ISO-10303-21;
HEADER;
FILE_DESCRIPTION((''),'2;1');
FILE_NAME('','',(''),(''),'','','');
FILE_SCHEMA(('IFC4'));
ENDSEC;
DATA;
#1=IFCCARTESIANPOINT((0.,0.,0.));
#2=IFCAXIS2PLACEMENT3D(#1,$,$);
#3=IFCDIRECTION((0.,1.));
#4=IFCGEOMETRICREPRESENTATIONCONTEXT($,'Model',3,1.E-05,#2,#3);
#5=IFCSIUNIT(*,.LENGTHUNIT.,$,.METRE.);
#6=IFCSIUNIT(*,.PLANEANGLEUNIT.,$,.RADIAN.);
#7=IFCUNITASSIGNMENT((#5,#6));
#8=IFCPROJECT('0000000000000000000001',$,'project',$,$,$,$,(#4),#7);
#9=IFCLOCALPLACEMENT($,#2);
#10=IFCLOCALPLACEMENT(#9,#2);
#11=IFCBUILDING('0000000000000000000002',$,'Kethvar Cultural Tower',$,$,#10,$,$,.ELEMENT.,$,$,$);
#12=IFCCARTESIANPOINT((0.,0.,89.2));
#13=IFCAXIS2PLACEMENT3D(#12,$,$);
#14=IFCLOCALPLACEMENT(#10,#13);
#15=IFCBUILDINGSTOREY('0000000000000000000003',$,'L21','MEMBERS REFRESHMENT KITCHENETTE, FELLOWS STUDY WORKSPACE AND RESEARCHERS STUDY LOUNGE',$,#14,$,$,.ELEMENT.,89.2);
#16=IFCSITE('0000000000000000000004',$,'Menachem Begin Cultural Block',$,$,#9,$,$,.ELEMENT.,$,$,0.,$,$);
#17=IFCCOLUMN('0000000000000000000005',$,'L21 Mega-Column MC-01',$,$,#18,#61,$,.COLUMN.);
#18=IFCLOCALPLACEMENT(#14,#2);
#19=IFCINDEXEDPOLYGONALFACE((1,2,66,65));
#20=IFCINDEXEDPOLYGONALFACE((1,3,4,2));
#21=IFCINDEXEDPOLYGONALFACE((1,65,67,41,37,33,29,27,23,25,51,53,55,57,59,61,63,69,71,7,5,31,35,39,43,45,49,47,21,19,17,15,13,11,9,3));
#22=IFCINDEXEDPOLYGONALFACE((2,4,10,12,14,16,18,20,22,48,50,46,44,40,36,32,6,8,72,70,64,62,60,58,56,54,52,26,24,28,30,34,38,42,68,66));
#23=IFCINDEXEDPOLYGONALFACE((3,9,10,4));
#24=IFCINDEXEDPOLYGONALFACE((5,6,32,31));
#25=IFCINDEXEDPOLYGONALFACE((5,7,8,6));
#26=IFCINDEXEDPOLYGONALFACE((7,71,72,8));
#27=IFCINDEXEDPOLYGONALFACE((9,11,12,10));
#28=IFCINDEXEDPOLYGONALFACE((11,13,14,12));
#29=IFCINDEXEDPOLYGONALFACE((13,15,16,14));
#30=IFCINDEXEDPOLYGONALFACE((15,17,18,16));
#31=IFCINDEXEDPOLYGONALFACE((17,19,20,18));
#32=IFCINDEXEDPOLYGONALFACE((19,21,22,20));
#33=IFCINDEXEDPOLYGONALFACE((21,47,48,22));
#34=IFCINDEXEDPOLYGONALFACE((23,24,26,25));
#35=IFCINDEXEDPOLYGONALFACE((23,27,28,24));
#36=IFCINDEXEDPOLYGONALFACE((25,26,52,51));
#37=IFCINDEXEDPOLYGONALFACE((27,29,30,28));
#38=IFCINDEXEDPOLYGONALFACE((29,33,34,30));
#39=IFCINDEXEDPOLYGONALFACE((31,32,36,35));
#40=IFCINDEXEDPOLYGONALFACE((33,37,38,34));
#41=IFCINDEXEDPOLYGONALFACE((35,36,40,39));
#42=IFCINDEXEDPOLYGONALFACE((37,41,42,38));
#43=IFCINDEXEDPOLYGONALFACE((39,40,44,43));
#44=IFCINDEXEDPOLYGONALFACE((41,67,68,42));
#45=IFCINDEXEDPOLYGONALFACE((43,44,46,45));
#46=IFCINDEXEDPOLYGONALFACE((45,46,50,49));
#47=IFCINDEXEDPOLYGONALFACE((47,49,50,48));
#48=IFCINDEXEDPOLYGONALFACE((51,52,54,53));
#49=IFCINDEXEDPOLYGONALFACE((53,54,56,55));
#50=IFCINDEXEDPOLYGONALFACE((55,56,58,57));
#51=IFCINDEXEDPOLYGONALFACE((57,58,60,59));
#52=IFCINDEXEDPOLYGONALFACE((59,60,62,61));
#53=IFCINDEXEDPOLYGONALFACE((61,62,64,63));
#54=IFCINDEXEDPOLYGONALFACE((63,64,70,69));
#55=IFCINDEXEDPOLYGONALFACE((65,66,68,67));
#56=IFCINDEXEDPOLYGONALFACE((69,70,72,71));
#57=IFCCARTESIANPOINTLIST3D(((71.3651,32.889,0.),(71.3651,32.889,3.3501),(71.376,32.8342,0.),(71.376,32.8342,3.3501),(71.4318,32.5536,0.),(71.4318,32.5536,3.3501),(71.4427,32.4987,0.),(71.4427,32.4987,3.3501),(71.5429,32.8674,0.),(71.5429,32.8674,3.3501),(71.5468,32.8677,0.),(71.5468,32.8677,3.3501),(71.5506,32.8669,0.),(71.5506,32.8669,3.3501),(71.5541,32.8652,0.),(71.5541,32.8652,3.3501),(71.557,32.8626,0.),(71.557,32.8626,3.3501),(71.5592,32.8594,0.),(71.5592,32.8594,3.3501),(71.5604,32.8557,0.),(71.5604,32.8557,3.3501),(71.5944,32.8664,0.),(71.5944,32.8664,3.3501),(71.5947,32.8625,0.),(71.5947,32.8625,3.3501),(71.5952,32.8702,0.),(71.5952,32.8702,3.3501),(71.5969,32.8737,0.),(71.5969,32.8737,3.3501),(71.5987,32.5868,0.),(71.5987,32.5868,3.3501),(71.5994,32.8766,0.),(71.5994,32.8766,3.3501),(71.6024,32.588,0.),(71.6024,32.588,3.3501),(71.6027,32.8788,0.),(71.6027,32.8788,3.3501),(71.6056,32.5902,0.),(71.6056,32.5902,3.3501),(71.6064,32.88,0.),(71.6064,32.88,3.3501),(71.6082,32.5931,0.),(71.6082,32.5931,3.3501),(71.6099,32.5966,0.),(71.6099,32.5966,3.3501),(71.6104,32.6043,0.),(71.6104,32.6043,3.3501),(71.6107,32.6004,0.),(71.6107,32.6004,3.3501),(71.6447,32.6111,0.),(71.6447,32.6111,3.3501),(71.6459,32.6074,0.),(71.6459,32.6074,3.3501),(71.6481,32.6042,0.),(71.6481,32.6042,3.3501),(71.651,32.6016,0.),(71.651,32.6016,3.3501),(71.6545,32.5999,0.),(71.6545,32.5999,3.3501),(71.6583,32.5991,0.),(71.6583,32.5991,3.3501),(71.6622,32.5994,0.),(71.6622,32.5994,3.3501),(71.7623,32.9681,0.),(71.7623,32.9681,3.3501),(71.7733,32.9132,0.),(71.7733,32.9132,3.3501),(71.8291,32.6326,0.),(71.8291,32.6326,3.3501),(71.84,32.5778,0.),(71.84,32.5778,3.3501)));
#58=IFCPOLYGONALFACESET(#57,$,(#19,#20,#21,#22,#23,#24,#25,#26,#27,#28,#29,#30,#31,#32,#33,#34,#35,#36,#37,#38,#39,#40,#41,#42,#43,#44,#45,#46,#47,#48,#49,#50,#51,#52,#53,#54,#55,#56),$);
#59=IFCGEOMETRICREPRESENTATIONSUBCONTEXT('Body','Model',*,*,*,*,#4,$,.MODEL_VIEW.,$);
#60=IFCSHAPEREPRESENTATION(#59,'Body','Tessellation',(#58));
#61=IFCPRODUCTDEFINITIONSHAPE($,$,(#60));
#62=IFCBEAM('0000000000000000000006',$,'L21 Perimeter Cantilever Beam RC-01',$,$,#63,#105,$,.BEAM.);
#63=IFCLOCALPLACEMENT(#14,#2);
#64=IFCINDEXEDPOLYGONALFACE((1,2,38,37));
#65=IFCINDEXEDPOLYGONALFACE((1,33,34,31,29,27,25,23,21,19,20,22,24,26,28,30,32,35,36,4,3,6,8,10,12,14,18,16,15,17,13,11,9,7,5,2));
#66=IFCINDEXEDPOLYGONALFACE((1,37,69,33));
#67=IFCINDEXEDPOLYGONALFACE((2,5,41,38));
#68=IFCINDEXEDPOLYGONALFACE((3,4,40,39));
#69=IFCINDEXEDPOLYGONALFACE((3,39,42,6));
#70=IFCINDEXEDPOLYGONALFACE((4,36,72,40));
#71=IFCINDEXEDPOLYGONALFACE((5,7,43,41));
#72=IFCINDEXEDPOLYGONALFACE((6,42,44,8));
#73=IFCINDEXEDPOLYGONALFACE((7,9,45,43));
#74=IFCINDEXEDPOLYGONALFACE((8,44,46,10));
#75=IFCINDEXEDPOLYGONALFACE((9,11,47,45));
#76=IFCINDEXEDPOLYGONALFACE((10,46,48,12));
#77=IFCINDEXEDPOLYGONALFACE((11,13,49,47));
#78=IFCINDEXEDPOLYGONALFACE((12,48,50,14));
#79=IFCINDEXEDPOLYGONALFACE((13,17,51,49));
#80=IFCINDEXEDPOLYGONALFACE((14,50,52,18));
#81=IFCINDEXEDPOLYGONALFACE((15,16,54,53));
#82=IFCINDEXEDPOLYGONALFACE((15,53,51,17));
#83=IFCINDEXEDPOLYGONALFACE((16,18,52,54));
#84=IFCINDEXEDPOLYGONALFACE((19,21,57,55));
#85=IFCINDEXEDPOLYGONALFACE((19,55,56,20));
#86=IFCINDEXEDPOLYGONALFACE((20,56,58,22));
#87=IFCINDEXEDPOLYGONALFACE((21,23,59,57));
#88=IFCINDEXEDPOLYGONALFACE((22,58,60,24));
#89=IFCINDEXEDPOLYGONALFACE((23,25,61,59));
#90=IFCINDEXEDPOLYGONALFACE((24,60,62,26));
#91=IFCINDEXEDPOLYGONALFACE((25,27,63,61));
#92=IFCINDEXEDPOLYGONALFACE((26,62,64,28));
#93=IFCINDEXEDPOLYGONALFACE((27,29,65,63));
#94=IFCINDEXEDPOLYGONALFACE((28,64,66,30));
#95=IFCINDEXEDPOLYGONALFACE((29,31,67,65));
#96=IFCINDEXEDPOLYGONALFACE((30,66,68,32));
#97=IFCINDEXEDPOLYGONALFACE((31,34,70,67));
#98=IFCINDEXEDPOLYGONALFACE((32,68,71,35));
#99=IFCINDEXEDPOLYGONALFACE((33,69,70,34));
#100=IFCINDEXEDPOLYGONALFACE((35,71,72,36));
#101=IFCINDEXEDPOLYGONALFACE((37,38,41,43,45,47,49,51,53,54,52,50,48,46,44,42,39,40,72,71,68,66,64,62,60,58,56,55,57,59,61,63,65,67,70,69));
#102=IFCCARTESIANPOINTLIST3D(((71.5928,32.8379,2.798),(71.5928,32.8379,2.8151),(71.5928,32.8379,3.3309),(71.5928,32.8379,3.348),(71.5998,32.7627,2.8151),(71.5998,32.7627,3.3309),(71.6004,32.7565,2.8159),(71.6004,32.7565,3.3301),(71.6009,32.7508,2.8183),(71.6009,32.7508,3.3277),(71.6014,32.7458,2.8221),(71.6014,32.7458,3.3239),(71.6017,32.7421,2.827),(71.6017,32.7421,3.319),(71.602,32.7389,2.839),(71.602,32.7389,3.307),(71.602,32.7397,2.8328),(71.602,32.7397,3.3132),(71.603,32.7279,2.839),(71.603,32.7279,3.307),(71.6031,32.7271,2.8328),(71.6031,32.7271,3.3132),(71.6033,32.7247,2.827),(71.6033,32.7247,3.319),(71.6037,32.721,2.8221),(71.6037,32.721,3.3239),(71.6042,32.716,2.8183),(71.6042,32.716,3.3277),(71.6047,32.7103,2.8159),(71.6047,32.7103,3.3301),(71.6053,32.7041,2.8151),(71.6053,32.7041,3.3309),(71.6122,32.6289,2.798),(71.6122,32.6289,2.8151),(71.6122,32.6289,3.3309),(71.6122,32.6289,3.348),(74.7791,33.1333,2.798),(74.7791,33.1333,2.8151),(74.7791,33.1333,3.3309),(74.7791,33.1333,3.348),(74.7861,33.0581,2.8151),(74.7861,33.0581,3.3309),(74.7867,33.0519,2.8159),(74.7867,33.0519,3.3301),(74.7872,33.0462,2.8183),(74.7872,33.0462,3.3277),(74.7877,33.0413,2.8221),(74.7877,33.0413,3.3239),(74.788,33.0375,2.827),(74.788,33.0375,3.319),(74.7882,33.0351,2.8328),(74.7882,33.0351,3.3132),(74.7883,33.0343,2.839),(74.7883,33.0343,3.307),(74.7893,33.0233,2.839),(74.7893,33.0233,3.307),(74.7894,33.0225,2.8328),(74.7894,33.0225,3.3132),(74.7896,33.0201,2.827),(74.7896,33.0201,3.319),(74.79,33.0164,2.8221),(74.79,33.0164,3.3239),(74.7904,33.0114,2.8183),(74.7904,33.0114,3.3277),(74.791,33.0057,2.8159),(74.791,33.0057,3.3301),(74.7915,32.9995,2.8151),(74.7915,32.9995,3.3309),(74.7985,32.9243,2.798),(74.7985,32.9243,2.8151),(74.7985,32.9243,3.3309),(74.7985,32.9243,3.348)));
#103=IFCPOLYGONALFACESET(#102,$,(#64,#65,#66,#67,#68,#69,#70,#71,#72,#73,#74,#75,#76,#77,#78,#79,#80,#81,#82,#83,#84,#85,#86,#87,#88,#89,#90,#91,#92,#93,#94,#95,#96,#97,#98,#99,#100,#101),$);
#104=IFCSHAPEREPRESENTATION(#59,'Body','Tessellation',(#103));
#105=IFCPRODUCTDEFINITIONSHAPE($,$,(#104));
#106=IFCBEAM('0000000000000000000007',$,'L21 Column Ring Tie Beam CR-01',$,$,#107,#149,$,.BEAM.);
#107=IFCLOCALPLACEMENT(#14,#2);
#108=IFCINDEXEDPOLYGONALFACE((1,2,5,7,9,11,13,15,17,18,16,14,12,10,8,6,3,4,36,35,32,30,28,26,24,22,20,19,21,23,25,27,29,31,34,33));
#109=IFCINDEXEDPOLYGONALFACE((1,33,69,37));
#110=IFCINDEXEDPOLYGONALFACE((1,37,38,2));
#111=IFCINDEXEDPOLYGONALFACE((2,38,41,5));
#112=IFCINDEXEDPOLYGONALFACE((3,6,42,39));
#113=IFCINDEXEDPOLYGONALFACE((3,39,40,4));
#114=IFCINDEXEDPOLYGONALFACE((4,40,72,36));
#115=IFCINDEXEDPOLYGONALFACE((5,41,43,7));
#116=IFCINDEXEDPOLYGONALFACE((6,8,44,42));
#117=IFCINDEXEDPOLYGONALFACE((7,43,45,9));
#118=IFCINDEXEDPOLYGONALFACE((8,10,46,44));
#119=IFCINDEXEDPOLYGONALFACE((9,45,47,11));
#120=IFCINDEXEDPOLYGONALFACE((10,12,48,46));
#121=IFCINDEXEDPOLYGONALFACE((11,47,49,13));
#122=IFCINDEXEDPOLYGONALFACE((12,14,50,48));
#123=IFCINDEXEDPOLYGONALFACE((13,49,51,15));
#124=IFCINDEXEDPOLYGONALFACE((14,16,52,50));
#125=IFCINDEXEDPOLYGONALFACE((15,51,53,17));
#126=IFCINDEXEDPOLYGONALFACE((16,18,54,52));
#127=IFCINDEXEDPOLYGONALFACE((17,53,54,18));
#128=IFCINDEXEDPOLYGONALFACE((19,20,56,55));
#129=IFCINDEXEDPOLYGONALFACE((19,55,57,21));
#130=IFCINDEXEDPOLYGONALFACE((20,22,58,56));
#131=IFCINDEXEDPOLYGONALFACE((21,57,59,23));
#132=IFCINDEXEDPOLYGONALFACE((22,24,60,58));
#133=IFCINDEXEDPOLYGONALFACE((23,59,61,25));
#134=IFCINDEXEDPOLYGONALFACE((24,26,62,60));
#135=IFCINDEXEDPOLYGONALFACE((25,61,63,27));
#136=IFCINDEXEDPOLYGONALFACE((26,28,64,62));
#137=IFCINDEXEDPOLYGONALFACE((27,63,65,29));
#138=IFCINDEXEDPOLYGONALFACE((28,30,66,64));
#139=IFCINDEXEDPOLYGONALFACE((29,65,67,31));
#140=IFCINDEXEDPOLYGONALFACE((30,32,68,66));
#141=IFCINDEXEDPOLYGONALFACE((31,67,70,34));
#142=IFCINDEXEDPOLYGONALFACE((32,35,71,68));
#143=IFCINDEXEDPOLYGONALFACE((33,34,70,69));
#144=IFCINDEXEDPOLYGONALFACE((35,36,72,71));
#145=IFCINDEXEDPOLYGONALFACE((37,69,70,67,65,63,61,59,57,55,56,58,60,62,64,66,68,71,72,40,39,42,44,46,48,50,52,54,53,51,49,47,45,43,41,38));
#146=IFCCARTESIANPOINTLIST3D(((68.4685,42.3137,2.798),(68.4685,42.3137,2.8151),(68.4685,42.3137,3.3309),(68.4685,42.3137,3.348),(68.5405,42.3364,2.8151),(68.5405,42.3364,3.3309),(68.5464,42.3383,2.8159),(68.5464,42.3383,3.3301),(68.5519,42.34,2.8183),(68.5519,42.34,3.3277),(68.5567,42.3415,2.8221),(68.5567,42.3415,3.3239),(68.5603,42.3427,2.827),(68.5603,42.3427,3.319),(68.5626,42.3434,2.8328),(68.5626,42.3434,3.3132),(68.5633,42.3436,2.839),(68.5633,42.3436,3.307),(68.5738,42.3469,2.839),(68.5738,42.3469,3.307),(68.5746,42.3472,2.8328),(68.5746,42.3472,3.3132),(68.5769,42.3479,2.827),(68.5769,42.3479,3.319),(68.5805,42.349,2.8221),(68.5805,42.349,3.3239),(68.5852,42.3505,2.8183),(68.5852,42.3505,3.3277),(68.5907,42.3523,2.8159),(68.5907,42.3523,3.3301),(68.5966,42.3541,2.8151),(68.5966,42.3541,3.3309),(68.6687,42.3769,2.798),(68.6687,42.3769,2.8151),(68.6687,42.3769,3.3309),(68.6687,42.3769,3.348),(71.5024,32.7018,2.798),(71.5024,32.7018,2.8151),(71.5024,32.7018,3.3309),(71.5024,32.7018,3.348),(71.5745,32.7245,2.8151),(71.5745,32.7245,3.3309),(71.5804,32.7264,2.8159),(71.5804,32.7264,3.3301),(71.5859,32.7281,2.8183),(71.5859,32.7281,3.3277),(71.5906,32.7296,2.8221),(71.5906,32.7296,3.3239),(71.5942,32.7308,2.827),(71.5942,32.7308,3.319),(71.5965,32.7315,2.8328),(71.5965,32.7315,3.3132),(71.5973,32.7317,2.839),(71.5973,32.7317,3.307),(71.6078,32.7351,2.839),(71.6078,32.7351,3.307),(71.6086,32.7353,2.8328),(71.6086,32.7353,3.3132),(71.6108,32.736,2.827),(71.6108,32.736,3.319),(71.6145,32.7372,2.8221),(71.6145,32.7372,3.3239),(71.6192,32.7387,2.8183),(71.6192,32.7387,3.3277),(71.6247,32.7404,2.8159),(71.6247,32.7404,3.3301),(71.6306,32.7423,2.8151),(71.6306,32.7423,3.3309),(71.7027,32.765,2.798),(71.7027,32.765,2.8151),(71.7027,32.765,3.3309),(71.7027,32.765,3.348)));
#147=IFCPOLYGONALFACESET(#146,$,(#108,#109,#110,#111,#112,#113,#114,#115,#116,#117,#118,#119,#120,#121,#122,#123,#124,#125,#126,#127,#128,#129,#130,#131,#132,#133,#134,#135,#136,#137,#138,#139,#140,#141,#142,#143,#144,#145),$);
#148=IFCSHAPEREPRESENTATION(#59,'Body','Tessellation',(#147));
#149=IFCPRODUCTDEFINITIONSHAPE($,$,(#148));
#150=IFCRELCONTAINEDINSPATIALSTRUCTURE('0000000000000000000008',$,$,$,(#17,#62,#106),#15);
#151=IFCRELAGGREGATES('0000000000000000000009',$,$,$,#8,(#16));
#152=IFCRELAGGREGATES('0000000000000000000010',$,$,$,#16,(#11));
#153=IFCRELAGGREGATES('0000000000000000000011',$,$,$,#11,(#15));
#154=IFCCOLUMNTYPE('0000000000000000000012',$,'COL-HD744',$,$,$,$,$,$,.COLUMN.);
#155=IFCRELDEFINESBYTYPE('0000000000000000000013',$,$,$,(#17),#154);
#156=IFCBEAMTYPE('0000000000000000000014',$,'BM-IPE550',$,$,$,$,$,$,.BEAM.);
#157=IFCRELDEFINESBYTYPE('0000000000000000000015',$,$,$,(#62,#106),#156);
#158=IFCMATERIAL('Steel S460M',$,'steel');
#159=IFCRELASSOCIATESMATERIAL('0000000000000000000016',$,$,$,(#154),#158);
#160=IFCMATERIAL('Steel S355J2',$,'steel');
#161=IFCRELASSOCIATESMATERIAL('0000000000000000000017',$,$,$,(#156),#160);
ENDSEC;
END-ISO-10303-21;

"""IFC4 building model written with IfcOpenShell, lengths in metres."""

from ifc_helpers import new_model, si_unit, direction, frame, origin, origin_2d, place, context, subcontext, project, spatial, i_section, extrude, source, transform, mapped, material, material_profile, profile_set, type_object, element, save


model = new_model("IFC4")

# Units and contexts
model_context = context("Model", 3, precision=1e-05, world=origin(), true_north=direction((0.0, 1.0)))
body_context = subcontext(model_context, "Body", "Model", "MODEL_VIEW")
ifc_project = project(units=[si_unit("LENGTHUNIT", "METRE"), si_unit("PLANEANGLEUNIT", "RADIAN")], contexts=[model_context])

# Site, building, storey
site_placement = place(None, origin())
site = spatial("IfcSite", under=ifc_project, at=site_placement, Name="Menachem Begin Cultural Block", CompositionType="ELEMENT", RefElevation=0.0)
building_placement = place(site_placement, origin())
building = spatial("IfcBuilding", under=site, at=building_placement, Name="Kethvar Cultural Tower", CompositionType="ELEMENT")
storey_placement = place(building_placement, frame((0.0, 0.0, 89.2)))
storey = spatial("IfcBuildingStorey", under=building, at=storey_placement, Name="L21", Description="MEMBERS REFRESHMENT KITCHENETTE, FELLOWS STUDY WORKSPACE AND RESEARCHERS STUDY LOUNGE", CompositionType="ELEMENT", Elevation=89.2)

# Column
ifc_material_1 = material(Name="Steel S460M", Category="steel")
ifc_material_profile_1 = material_profile(ifc_material_1, i_section(OverallWidth=0.405, OverallDepth=0.3979, WebThickness=0.0349, FlangeThickness=0.0559, FilletRadius=0.0149, at=origin_2d()), Name="Steel S460M — HD400x744")
ifc_profile_set_1 = profile_set([ifc_material_profile_1], Name="Steel S460M — HD400x744")
column_type = type_object("IfcColumnType", Name="COL-HD744", PredefinedType="COLUMN", material=ifc_profile_set_1)
shared_shape_1 = source(origin(), body_context, "Body", "SweptSolid", [
    extrude(i_section(OverallWidth=0.405, OverallDepth=0.3979, WebThickness=0.0349, FlangeThickness=0.0559, FilletRadius=0.0149, at=origin_2d()), origin(), (0.0, 0.0, 1.0), 3.3501),
])
column_placement = place(storey_placement, frame((71.6025, 32.7334, 0.0), z_axis=(0.0, 0.0, 1.0), x_axis=(0.980785, 0.19509, 0.0)))
element("IfcColumn", 1, at=column_placement, inside=storey, type_object=column_type, Name="L21 Mega-Column MC-01", PredefinedType="COLUMN", context=body_context, shape_type="MappedRepresentation", body=[
    mapped(shared_shape_1, transform((0.0, 0.0, 0.0), scale=1.0)),
])

# Beams
ifc_material_2 = material(Name="Steel S355J2", Category="steel")
ifc_material_profile_2 = material_profile(ifc_material_2, i_section(OverallWidth=0.21, OverallDepth=0.55, WebThickness=0.011, FlangeThickness=0.0171, FilletRadius=0.0239, at=origin_2d()), Name="Steel S355J2 — IPE550")
ifc_profile_set_2 = profile_set([ifc_material_profile_2], Name="Steel S355J2 — IPE550")
beam_type_1 = type_object("IfcBeamType", Name="BM-IPE550", PredefinedType="BEAM", material=ifc_profile_set_2)
shared_shape_2 = source(origin(), body_context, "Body", "SweptSolid", [
    extrude(i_section(OverallWidth=0.21, OverallDepth=0.55, WebThickness=0.011, FlangeThickness=0.0171, FilletRadius=0.0239, at=origin_2d()), origin(), (0.0, 0.0, 1.0), 3.2),
])
beam_1_placement = place(storey_placement, frame((71.6025, 32.7334, 3.073), z_axis=(0.99573, 0.092317, 0.0), x_axis=(-0.092317, 0.99573, 0.0)))
element("IfcBeam", 2, at=beam_1_placement, inside=storey, type_object=beam_type_1, Name="L21 Perimeter Cantilever Beam RC-01", PredefinedType="BEAM", context=body_context, shape_type="MappedRepresentation", body=[
    mapped(shared_shape_2, transform((0.0, 0.0, 0.0), scale=1.0)),
])
shared_shape_3 = source(origin(), body_context, "Body", "SweptSolid", [
    extrude(i_section(OverallWidth=0.21, OverallDepth=0.55, WebThickness=0.011, FlangeThickness=0.0171, FilletRadius=0.0239, at=origin_2d()), origin(), (0.0, 0.0, 1.0), 10.0793),
])
beam_2_placement = place(storey_placement, frame((71.6025, 32.7334, 3.073), z_axis=(-0.301007, 0.953622, 0.0), x_axis=(-0.953622, -0.301007, 0.0)))
element("IfcBeam", 3, at=beam_2_placement, inside=storey, type_object=beam_type_1, Name="L21 Column Ring Tie Beam CR-01", PredefinedType="BEAM", context=body_context, shape_type="MappedRepresentation", body=[
    mapped(shared_shape_3, transform((0.0, 0.0, 0.0), scale=1.0)),
])

save(model, "model.ifc")
